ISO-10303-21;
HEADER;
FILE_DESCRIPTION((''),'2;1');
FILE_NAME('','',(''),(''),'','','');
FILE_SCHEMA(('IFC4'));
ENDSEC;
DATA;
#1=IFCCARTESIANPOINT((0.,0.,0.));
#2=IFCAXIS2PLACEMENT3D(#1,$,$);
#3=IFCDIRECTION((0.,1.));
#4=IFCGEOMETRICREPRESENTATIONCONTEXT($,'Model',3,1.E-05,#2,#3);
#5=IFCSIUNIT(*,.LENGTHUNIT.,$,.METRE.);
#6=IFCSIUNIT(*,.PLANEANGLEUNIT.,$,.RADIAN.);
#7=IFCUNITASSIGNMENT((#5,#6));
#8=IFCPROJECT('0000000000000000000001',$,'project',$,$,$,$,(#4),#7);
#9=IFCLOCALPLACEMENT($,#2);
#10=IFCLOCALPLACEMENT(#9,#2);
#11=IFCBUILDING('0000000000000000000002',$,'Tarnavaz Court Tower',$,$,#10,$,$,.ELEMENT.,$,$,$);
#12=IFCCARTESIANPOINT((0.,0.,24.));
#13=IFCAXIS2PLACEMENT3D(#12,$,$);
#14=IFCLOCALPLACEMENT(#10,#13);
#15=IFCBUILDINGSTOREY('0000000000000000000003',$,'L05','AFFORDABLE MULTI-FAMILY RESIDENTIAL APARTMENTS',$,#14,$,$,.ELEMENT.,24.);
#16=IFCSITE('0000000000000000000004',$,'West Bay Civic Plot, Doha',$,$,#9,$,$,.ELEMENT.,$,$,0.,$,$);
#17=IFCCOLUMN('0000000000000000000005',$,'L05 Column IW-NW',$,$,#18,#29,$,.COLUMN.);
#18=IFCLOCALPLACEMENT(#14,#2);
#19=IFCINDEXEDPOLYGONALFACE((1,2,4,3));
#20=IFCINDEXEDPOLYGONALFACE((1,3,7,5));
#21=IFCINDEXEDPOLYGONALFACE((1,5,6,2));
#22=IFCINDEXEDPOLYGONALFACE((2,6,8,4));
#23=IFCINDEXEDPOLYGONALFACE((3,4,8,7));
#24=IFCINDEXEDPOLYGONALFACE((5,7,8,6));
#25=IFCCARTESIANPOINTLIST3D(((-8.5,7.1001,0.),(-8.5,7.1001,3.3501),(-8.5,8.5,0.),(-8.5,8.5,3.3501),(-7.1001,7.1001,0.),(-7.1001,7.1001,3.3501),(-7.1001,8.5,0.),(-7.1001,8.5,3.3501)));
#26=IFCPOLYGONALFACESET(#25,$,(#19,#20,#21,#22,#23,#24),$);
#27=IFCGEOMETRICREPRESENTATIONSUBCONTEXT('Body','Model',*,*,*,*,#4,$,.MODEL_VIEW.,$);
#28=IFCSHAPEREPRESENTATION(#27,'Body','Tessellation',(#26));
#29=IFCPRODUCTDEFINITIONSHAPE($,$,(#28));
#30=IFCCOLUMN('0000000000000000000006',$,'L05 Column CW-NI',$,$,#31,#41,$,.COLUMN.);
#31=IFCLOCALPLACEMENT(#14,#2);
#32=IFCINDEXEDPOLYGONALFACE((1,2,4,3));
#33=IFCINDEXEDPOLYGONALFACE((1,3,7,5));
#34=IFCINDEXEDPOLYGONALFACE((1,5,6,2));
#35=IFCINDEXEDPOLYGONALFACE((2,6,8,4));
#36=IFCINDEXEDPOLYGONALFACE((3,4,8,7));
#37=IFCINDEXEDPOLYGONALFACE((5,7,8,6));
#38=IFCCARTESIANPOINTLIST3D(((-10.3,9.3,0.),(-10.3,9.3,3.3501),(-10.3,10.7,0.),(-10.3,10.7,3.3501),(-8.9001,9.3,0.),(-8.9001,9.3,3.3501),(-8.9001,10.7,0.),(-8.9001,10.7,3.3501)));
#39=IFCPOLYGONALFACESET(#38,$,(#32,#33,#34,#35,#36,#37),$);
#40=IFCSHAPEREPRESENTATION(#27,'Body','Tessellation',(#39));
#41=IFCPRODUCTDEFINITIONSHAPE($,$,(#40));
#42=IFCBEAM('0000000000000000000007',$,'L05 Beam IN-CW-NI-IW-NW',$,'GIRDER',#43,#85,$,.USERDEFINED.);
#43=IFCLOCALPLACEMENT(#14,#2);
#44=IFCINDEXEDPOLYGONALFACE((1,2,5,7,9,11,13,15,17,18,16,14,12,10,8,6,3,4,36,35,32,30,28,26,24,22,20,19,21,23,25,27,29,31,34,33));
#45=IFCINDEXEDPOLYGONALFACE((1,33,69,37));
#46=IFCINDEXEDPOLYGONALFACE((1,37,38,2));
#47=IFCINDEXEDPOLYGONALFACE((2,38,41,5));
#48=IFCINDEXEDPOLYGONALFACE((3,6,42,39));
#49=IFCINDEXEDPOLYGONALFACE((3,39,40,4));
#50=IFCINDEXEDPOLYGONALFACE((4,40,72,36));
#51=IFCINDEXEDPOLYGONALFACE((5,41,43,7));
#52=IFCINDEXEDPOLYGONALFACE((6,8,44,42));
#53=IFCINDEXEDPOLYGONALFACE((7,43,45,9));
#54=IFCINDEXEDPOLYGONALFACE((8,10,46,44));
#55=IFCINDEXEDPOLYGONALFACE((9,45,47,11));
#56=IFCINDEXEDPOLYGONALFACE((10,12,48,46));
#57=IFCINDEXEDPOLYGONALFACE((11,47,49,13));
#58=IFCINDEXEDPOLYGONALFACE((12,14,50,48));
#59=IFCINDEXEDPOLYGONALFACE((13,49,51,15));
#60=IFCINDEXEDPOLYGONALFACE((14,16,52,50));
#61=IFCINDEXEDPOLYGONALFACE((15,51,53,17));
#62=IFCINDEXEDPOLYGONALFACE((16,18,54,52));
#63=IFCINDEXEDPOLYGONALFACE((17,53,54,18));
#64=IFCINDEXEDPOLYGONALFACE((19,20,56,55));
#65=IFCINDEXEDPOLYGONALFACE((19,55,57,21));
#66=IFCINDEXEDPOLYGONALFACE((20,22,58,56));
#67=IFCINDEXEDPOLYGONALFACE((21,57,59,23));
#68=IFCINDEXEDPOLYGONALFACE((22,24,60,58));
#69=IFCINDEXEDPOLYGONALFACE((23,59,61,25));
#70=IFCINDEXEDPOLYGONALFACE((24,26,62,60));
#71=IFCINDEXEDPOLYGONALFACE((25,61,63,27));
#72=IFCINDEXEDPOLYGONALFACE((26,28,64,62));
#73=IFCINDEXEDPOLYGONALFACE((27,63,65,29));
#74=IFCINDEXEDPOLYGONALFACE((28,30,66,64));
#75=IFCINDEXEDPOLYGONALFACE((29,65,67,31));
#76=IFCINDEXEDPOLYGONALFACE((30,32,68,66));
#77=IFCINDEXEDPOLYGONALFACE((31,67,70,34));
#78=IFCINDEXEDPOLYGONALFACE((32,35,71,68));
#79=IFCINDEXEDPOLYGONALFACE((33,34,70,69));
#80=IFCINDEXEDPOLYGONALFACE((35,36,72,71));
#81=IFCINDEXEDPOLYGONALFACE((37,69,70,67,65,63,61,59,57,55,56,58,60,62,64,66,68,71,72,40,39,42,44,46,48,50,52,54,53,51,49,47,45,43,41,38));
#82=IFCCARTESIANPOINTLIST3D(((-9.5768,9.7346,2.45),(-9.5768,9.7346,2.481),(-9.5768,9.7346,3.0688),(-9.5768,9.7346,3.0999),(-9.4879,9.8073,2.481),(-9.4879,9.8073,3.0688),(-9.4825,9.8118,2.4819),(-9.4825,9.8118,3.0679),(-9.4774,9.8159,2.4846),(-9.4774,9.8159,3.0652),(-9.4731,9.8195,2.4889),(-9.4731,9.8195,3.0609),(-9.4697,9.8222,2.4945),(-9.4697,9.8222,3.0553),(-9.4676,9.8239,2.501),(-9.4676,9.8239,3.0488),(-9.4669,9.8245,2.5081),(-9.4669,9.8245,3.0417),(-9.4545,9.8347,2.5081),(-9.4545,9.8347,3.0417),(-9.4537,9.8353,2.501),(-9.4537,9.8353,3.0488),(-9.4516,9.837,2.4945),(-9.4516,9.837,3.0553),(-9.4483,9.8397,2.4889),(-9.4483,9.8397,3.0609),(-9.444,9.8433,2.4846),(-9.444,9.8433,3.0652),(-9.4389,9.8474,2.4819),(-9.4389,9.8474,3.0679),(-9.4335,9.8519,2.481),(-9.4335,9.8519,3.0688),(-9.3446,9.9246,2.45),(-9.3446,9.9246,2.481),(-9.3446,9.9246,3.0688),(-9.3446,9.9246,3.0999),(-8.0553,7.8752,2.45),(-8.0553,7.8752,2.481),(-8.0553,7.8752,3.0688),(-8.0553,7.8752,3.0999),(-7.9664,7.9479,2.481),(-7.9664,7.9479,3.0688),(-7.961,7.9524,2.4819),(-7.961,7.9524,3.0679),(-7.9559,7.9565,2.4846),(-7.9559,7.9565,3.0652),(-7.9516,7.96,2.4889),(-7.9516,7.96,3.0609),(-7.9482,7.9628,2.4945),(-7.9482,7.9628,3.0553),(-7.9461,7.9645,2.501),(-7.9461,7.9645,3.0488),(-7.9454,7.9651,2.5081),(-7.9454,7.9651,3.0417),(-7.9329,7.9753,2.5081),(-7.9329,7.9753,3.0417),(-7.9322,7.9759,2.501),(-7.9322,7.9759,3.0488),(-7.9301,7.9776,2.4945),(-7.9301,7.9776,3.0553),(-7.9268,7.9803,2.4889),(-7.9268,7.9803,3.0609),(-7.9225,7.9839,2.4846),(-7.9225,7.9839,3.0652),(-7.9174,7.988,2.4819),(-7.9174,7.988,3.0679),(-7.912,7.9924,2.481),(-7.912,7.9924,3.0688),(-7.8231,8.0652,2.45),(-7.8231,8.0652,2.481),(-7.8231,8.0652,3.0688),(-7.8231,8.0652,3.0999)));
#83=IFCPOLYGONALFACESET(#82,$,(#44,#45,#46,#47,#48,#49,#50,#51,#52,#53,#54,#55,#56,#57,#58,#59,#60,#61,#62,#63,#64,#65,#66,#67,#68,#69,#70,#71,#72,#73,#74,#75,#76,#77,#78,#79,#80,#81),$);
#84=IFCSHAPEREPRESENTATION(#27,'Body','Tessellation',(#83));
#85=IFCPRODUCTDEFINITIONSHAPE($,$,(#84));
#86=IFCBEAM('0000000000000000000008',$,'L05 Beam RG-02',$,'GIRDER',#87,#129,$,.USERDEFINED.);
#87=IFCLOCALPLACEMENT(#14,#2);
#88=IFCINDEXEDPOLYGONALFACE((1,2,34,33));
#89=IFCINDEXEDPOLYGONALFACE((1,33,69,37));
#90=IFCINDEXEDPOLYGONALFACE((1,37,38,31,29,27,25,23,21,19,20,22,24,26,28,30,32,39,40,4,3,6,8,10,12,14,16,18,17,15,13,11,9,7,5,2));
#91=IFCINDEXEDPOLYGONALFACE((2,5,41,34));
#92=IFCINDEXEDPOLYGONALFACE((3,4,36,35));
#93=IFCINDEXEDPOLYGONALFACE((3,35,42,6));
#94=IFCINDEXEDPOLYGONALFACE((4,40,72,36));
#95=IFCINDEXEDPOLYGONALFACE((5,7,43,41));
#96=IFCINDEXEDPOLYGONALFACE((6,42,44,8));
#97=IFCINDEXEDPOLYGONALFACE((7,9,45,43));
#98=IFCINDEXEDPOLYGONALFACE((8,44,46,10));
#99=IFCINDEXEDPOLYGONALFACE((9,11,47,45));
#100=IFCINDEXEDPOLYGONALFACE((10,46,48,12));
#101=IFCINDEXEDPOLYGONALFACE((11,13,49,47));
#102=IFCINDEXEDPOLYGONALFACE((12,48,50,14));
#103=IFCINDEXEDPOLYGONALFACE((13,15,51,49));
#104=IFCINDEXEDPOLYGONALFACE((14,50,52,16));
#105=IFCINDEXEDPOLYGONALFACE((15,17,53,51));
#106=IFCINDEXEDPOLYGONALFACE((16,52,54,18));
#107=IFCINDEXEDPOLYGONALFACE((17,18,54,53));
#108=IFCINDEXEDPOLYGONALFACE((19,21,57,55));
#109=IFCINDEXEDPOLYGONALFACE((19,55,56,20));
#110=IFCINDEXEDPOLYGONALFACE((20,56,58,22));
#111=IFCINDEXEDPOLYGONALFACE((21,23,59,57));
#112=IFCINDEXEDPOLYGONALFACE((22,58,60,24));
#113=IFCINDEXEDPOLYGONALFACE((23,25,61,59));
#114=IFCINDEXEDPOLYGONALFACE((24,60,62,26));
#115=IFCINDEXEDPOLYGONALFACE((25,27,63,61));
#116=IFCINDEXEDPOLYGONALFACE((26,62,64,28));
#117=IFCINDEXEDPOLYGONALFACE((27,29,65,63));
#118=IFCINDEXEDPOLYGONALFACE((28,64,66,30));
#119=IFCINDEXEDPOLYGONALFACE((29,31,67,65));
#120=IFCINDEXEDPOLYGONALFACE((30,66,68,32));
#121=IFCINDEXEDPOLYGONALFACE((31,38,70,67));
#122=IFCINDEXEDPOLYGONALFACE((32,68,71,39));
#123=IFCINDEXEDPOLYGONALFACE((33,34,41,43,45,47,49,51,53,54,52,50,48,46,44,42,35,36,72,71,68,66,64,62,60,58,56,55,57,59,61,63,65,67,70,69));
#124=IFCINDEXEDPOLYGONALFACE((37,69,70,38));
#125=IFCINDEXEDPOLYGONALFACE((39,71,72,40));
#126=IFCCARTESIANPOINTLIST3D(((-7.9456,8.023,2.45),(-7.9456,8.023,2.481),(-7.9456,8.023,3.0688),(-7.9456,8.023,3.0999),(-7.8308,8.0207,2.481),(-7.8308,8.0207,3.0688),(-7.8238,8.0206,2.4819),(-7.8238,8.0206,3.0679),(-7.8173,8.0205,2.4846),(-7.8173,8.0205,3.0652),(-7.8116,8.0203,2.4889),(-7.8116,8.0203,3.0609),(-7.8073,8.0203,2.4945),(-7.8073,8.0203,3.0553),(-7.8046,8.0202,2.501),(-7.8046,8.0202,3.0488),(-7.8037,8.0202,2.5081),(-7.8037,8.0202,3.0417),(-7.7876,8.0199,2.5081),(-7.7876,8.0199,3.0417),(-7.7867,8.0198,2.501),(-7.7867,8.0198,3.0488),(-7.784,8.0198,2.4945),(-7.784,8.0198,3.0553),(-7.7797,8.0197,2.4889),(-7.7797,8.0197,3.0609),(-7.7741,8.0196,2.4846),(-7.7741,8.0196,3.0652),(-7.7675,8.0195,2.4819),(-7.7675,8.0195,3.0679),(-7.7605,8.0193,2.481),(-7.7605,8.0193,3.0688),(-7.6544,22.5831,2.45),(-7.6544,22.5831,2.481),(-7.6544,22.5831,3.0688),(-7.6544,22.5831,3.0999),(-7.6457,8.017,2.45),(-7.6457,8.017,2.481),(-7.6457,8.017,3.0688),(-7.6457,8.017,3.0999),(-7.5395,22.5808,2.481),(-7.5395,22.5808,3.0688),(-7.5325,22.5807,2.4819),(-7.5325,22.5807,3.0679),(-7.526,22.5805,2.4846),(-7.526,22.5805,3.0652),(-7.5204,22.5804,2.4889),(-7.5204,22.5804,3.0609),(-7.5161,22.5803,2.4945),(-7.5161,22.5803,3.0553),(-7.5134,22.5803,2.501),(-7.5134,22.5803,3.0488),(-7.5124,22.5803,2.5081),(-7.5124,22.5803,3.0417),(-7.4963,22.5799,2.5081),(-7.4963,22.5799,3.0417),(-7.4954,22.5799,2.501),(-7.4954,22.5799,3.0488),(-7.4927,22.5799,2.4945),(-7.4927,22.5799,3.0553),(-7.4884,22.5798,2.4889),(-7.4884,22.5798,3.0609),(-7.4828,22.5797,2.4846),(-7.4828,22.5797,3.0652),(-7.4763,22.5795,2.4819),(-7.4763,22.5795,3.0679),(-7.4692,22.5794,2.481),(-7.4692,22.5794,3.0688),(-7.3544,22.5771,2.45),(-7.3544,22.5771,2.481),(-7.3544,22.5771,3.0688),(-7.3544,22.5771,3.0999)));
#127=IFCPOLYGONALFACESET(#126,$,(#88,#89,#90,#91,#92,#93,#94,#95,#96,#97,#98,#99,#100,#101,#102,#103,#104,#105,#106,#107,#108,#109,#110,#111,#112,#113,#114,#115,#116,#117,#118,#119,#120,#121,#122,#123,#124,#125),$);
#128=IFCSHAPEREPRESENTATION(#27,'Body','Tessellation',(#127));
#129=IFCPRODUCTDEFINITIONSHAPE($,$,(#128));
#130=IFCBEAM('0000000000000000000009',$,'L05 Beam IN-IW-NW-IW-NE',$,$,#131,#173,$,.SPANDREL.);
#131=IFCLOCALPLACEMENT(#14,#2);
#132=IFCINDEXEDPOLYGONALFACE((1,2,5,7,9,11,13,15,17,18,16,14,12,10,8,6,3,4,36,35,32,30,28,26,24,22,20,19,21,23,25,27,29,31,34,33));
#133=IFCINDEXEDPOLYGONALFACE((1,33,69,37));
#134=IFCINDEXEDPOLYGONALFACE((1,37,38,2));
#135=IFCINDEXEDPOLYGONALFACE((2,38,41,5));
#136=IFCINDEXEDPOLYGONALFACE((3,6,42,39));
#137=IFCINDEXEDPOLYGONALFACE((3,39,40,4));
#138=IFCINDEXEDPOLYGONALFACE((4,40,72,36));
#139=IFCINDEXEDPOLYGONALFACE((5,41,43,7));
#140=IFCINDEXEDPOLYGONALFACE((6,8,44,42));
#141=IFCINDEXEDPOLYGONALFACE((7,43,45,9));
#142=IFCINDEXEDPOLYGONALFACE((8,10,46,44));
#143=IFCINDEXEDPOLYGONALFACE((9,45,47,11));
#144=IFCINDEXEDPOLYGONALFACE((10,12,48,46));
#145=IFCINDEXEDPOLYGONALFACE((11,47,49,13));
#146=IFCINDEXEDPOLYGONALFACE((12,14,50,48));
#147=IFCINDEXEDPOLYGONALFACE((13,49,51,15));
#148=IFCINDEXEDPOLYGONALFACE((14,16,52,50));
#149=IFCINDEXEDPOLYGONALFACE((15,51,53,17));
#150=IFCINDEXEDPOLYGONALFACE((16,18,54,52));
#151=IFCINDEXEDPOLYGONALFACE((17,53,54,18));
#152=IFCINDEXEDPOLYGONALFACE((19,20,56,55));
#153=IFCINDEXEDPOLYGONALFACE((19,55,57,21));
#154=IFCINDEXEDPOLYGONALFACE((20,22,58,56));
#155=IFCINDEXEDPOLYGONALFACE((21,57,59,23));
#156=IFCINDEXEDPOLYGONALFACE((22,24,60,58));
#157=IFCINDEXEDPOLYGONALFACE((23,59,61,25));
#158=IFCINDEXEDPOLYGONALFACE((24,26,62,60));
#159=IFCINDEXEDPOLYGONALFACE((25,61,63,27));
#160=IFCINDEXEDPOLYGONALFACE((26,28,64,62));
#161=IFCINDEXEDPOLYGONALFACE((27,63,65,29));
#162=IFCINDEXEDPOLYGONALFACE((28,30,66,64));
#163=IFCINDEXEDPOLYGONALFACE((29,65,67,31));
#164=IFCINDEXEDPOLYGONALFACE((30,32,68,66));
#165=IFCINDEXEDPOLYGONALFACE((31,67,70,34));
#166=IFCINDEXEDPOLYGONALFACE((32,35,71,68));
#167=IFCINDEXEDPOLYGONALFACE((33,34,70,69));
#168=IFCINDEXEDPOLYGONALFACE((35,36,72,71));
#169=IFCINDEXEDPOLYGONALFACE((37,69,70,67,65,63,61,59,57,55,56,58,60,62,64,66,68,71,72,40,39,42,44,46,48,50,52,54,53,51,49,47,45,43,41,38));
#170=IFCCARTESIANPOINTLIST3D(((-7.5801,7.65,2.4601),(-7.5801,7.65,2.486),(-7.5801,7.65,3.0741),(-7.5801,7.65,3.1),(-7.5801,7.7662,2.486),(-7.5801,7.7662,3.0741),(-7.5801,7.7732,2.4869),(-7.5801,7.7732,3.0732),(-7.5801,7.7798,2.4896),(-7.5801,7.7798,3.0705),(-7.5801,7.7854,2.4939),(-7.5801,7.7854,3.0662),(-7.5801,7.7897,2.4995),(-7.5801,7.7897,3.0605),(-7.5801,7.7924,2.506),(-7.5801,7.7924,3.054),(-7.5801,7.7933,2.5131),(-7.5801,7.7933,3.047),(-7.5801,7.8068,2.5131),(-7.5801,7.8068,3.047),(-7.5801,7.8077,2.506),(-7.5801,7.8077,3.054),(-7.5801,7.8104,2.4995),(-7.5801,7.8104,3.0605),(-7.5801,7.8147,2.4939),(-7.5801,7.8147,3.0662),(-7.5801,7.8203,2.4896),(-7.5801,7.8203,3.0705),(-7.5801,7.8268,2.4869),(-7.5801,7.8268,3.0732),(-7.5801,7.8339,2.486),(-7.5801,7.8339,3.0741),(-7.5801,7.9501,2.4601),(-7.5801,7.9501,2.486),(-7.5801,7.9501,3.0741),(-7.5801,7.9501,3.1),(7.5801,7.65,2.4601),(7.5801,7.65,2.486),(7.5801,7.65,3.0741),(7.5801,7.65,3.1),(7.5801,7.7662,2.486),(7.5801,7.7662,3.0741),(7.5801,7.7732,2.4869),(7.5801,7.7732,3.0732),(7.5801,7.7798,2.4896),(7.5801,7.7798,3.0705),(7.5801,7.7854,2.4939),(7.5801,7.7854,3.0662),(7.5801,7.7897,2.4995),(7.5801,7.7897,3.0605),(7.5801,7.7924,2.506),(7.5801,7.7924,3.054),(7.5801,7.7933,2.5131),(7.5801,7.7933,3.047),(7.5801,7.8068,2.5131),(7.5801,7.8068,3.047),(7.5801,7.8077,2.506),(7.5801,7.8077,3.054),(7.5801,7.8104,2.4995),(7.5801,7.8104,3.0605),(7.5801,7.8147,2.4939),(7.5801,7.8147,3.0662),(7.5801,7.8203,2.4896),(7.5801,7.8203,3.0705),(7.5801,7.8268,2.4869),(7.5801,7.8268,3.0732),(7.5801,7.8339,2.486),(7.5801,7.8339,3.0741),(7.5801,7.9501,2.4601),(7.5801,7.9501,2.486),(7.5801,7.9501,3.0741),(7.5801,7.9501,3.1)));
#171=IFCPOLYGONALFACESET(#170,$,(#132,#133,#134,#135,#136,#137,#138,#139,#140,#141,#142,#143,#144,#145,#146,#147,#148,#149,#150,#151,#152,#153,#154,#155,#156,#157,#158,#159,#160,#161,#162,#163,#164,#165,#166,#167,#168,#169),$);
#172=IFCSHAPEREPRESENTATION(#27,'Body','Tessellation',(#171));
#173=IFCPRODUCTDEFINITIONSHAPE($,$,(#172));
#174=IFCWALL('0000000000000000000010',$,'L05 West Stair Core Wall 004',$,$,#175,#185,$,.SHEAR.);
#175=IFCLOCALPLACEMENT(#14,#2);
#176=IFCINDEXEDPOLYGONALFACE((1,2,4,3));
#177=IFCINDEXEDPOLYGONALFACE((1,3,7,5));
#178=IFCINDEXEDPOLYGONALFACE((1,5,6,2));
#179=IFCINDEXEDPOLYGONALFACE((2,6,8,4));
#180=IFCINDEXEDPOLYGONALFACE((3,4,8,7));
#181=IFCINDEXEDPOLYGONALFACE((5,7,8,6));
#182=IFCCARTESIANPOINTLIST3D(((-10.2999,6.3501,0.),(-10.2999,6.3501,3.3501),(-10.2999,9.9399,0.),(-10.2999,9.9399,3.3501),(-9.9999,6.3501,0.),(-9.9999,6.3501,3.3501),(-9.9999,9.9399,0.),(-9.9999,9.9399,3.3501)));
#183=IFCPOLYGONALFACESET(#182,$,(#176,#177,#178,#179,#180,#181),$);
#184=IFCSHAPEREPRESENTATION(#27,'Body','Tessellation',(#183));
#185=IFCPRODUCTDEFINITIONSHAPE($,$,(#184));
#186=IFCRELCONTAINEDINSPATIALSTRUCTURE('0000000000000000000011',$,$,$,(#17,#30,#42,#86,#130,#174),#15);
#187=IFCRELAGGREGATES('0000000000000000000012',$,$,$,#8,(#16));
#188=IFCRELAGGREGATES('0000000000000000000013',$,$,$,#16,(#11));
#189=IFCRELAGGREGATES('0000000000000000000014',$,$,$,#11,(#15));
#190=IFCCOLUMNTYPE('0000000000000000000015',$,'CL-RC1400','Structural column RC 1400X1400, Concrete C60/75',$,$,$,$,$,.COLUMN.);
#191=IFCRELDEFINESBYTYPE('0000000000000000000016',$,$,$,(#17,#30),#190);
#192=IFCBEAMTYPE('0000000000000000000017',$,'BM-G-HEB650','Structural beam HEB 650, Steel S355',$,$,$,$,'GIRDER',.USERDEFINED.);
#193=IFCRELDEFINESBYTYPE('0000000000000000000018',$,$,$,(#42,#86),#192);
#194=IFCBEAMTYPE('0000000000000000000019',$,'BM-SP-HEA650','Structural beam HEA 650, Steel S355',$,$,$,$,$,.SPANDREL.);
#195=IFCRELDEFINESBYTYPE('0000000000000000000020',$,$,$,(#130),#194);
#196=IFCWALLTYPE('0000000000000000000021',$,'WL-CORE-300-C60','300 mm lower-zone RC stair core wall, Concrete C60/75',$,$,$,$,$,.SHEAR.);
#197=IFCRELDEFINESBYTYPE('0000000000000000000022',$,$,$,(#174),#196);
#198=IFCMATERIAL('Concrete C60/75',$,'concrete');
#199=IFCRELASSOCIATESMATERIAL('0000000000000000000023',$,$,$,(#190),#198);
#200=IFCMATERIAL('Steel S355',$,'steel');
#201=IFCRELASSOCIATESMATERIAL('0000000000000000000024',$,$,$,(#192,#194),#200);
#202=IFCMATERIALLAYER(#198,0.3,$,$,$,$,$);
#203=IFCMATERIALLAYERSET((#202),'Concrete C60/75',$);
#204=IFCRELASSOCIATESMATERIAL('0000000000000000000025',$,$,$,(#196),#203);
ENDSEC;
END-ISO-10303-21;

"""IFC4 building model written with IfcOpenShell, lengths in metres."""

from ifc_helpers import new_model, si_unit, direction, frame, frame_2d, origin, origin_2d, place, context, subcontext, project, spatial, rectangle, i_section, extrude, material, layer, layer_set, material_profile, profile_set, type_object, element, save


model = new_model("IFC4")

# Units and contexts
model_context = context("Model", 3, precision=1e-05, world=origin(), true_north=direction((0.0, 1.0)))
body_context = subcontext(model_context, "Body", "Model", "MODEL_VIEW")
ifc_project = project(units=[si_unit("LENGTHUNIT", "METRE"), si_unit("PLANEANGLEUNIT", "RADIAN")], contexts=[model_context])

# Site, building, storey
site_placement = place(None, origin())
site = spatial("IfcSite", under=ifc_project, at=site_placement, Name="West Bay Civic Plot, Doha", CompositionType="ELEMENT", RefElevation=0.0)
building_placement = place(site_placement, origin())
building = spatial("IfcBuilding", under=site, at=building_placement, Name="Tarnavaz Court Tower", CompositionType="ELEMENT")
storey_placement = place(building_placement, frame((0.0, 0.0, 24.0)))
storey = spatial("IfcBuildingStorey", under=building, at=storey_placement, Name="L05", Description="AFFORDABLE MULTI-FAMILY RESIDENTIAL APARTMENTS", CompositionType="ELEMENT", Elevation=24.0)

# Columns
ifc_material_1 = material(Name="Concrete C60/75", Category="concrete")
ifc_material_profile_1 = material_profile(ifc_material_1, rectangle(XDim=1.3999, YDim=1.3999, at=origin_2d()), Name="RC 1400X1400")
ifc_profile_set_1 = profile_set([ifc_material_profile_1], Name="Concrete C60/75")
column_type = type_object("IfcColumnType", Name="CL-RC1400", Description="Structural column RC 1400X1400, Concrete C60/75", PredefinedType="COLUMN", material=ifc_profile_set_1)
for number, where, z_axis, x_axis, name in (
    (1, (-7.8, 7.8, 0.0), (0.0, 0.0, 1.0), (1.0, 0.0, 0.0), "L05 Column IW-NW"),
    (2, (-9.6001, 10.0, 0.0), (0.0, 0.0, 1.0), (1.0, 0.0, 0.0), "L05 Column CW-NI"),
):
    element("IfcColumn", number, at=place(storey_placement, frame(where, z_axis=z_axis, x_axis=x_axis)), inside=storey, type_object=column_type, Name=name, PredefinedType="COLUMN", context=body_context, shape_type="SweptSolid", body=[
        extrude(rectangle(XDim=1.3999, YDim=1.3999, at=origin_2d()), origin(), (0.0, 0.0, 1.0), 3.3501),
    ])

# Beams
ifc_material_2 = material(Name="Steel S355", Category="steel")
ifc_material_profile_2 = material_profile(ifc_material_2, i_section(OverallWidth=0.3, OverallDepth=0.6499, WebThickness=0.0161, FlangeThickness=0.031, FilletRadius=0.0271, at=origin_2d()), Name="HEB 650")
ifc_profile_set_2 = profile_set([ifc_material_profile_2], Name="Steel S355")
beam_type_1 = type_object("IfcBeamType", Name="BM-G-HEB650", Description="Structural beam HEB 650, Steel S355", ElementType="GIRDER", PredefinedType="USERDEFINED", material=ifc_profile_set_2)
beam_1_placement = place(storey_placement, frame((-9.4607, 9.8296, 2.7749), z_axis=(0.633282, -0.773921, 0.0), x_axis=(0.773921, 0.633282, 0.0)))
element("IfcBeam", 3, at=beam_1_placement, inside=storey, type_object=beam_type_1, Name="L05 Beam IN-CW-NI-IW-NW", ObjectType="GIRDER", PredefinedType="USERDEFINED", context=body_context, shape_type="SweptSolid", body=[
    extrude(i_section(OverallWidth=0.3, OverallDepth=0.6499, WebThickness=0.0161, FlangeThickness=0.031, FilletRadius=0.0271, at=origin_2d()), origin(), (0.0, 0.0, 1.0), 2.4026),
])
beam_2_placement = place(storey_placement, frame((-7.7957, 8.02, 2.7749), z_axis=(0.02, 0.9998, 0.0), x_axis=(-0.9998, 0.02, 0.0)))
element("IfcBeam", 4, at=beam_2_placement, inside=storey, type_object=beam_type_1, Name="L05 Beam RG-02", ObjectType="GIRDER", PredefinedType="USERDEFINED", context=body_context, shape_type="SweptSolid", body=[
    extrude(i_section(OverallWidth=0.3, OverallDepth=0.6499, WebThickness=0.0161, FlangeThickness=0.031, FilletRadius=0.0271, at=origin_2d()), origin(), (0.0, 0.0, 1.0), 14.563),
])
ifc_material_profile_3 = material_profile(ifc_material_2, i_section(OverallWidth=0.3, OverallDepth=0.6399, WebThickness=0.0134, FlangeThickness=0.0259, FilletRadius=0.0271, at=origin_2d()), Name="HEA 650")
ifc_profile_set_3 = profile_set([ifc_material_profile_3], Name="Steel S355")
beam_type_2 = type_object("IfcBeamType", Name="BM-SP-HEA650", Description="Structural beam HEA 650, Steel S355", PredefinedType="SPANDREL", material=ifc_profile_set_3)
beam_3_placement = place(storey_placement, frame((-7.5801, 7.8, 2.78), z_axis=(1.0, 0.0, 0.0), x_axis=(0.0, 1.0, 0.0)))
element("IfcBeam", 5, at=beam_3_placement, inside=storey, type_object=beam_type_2, Name="L05 Beam IN-IW-NW-IW-NE", PredefinedType="SPANDREL", context=body_context, shape_type="SweptSolid", body=[
    extrude(i_section(OverallWidth=0.3, OverallDepth=0.6399, WebThickness=0.0134, FlangeThickness=0.0259, FilletRadius=0.0271, at=origin_2d()), origin(), (0.0, 0.0, 1.0), 15.1602),
])

# Wall
ifc_layer_1 = layer(ifc_material_1, 0.3)
ifc_layer_set_1 = layer_set([ifc_layer_1], Name="Concrete C60/75")
wall_type_1 = type_object("IfcWallType", Name="WL-CORE-300-C60", Description="300 mm lower-zone RC stair core wall, Concrete C60/75", PredefinedType="SHEAR", material=ifc_layer_set_1)
wall_1_placement = place(storey_placement, frame((-10.1499, 6.3501, 0.0), z_axis=(0.0, 0.0, 1.0), x_axis=(0.0, 1.0, 0.0)))
element("IfcWall", 6, at=wall_1_placement, inside=storey, type_object=wall_type_1, Name="L05 West Stair Core Wall 004", PredefinedType="SHEAR", context=body_context, shape_type="SweptSolid", body=[
    extrude(rectangle(XDim=3.5898, YDim=0.3, at=frame_2d((1.7949, 0.0))), origin(), (0.0, 0.0, 1.0), 3.3501),
])

save(model, "model.ifc")
